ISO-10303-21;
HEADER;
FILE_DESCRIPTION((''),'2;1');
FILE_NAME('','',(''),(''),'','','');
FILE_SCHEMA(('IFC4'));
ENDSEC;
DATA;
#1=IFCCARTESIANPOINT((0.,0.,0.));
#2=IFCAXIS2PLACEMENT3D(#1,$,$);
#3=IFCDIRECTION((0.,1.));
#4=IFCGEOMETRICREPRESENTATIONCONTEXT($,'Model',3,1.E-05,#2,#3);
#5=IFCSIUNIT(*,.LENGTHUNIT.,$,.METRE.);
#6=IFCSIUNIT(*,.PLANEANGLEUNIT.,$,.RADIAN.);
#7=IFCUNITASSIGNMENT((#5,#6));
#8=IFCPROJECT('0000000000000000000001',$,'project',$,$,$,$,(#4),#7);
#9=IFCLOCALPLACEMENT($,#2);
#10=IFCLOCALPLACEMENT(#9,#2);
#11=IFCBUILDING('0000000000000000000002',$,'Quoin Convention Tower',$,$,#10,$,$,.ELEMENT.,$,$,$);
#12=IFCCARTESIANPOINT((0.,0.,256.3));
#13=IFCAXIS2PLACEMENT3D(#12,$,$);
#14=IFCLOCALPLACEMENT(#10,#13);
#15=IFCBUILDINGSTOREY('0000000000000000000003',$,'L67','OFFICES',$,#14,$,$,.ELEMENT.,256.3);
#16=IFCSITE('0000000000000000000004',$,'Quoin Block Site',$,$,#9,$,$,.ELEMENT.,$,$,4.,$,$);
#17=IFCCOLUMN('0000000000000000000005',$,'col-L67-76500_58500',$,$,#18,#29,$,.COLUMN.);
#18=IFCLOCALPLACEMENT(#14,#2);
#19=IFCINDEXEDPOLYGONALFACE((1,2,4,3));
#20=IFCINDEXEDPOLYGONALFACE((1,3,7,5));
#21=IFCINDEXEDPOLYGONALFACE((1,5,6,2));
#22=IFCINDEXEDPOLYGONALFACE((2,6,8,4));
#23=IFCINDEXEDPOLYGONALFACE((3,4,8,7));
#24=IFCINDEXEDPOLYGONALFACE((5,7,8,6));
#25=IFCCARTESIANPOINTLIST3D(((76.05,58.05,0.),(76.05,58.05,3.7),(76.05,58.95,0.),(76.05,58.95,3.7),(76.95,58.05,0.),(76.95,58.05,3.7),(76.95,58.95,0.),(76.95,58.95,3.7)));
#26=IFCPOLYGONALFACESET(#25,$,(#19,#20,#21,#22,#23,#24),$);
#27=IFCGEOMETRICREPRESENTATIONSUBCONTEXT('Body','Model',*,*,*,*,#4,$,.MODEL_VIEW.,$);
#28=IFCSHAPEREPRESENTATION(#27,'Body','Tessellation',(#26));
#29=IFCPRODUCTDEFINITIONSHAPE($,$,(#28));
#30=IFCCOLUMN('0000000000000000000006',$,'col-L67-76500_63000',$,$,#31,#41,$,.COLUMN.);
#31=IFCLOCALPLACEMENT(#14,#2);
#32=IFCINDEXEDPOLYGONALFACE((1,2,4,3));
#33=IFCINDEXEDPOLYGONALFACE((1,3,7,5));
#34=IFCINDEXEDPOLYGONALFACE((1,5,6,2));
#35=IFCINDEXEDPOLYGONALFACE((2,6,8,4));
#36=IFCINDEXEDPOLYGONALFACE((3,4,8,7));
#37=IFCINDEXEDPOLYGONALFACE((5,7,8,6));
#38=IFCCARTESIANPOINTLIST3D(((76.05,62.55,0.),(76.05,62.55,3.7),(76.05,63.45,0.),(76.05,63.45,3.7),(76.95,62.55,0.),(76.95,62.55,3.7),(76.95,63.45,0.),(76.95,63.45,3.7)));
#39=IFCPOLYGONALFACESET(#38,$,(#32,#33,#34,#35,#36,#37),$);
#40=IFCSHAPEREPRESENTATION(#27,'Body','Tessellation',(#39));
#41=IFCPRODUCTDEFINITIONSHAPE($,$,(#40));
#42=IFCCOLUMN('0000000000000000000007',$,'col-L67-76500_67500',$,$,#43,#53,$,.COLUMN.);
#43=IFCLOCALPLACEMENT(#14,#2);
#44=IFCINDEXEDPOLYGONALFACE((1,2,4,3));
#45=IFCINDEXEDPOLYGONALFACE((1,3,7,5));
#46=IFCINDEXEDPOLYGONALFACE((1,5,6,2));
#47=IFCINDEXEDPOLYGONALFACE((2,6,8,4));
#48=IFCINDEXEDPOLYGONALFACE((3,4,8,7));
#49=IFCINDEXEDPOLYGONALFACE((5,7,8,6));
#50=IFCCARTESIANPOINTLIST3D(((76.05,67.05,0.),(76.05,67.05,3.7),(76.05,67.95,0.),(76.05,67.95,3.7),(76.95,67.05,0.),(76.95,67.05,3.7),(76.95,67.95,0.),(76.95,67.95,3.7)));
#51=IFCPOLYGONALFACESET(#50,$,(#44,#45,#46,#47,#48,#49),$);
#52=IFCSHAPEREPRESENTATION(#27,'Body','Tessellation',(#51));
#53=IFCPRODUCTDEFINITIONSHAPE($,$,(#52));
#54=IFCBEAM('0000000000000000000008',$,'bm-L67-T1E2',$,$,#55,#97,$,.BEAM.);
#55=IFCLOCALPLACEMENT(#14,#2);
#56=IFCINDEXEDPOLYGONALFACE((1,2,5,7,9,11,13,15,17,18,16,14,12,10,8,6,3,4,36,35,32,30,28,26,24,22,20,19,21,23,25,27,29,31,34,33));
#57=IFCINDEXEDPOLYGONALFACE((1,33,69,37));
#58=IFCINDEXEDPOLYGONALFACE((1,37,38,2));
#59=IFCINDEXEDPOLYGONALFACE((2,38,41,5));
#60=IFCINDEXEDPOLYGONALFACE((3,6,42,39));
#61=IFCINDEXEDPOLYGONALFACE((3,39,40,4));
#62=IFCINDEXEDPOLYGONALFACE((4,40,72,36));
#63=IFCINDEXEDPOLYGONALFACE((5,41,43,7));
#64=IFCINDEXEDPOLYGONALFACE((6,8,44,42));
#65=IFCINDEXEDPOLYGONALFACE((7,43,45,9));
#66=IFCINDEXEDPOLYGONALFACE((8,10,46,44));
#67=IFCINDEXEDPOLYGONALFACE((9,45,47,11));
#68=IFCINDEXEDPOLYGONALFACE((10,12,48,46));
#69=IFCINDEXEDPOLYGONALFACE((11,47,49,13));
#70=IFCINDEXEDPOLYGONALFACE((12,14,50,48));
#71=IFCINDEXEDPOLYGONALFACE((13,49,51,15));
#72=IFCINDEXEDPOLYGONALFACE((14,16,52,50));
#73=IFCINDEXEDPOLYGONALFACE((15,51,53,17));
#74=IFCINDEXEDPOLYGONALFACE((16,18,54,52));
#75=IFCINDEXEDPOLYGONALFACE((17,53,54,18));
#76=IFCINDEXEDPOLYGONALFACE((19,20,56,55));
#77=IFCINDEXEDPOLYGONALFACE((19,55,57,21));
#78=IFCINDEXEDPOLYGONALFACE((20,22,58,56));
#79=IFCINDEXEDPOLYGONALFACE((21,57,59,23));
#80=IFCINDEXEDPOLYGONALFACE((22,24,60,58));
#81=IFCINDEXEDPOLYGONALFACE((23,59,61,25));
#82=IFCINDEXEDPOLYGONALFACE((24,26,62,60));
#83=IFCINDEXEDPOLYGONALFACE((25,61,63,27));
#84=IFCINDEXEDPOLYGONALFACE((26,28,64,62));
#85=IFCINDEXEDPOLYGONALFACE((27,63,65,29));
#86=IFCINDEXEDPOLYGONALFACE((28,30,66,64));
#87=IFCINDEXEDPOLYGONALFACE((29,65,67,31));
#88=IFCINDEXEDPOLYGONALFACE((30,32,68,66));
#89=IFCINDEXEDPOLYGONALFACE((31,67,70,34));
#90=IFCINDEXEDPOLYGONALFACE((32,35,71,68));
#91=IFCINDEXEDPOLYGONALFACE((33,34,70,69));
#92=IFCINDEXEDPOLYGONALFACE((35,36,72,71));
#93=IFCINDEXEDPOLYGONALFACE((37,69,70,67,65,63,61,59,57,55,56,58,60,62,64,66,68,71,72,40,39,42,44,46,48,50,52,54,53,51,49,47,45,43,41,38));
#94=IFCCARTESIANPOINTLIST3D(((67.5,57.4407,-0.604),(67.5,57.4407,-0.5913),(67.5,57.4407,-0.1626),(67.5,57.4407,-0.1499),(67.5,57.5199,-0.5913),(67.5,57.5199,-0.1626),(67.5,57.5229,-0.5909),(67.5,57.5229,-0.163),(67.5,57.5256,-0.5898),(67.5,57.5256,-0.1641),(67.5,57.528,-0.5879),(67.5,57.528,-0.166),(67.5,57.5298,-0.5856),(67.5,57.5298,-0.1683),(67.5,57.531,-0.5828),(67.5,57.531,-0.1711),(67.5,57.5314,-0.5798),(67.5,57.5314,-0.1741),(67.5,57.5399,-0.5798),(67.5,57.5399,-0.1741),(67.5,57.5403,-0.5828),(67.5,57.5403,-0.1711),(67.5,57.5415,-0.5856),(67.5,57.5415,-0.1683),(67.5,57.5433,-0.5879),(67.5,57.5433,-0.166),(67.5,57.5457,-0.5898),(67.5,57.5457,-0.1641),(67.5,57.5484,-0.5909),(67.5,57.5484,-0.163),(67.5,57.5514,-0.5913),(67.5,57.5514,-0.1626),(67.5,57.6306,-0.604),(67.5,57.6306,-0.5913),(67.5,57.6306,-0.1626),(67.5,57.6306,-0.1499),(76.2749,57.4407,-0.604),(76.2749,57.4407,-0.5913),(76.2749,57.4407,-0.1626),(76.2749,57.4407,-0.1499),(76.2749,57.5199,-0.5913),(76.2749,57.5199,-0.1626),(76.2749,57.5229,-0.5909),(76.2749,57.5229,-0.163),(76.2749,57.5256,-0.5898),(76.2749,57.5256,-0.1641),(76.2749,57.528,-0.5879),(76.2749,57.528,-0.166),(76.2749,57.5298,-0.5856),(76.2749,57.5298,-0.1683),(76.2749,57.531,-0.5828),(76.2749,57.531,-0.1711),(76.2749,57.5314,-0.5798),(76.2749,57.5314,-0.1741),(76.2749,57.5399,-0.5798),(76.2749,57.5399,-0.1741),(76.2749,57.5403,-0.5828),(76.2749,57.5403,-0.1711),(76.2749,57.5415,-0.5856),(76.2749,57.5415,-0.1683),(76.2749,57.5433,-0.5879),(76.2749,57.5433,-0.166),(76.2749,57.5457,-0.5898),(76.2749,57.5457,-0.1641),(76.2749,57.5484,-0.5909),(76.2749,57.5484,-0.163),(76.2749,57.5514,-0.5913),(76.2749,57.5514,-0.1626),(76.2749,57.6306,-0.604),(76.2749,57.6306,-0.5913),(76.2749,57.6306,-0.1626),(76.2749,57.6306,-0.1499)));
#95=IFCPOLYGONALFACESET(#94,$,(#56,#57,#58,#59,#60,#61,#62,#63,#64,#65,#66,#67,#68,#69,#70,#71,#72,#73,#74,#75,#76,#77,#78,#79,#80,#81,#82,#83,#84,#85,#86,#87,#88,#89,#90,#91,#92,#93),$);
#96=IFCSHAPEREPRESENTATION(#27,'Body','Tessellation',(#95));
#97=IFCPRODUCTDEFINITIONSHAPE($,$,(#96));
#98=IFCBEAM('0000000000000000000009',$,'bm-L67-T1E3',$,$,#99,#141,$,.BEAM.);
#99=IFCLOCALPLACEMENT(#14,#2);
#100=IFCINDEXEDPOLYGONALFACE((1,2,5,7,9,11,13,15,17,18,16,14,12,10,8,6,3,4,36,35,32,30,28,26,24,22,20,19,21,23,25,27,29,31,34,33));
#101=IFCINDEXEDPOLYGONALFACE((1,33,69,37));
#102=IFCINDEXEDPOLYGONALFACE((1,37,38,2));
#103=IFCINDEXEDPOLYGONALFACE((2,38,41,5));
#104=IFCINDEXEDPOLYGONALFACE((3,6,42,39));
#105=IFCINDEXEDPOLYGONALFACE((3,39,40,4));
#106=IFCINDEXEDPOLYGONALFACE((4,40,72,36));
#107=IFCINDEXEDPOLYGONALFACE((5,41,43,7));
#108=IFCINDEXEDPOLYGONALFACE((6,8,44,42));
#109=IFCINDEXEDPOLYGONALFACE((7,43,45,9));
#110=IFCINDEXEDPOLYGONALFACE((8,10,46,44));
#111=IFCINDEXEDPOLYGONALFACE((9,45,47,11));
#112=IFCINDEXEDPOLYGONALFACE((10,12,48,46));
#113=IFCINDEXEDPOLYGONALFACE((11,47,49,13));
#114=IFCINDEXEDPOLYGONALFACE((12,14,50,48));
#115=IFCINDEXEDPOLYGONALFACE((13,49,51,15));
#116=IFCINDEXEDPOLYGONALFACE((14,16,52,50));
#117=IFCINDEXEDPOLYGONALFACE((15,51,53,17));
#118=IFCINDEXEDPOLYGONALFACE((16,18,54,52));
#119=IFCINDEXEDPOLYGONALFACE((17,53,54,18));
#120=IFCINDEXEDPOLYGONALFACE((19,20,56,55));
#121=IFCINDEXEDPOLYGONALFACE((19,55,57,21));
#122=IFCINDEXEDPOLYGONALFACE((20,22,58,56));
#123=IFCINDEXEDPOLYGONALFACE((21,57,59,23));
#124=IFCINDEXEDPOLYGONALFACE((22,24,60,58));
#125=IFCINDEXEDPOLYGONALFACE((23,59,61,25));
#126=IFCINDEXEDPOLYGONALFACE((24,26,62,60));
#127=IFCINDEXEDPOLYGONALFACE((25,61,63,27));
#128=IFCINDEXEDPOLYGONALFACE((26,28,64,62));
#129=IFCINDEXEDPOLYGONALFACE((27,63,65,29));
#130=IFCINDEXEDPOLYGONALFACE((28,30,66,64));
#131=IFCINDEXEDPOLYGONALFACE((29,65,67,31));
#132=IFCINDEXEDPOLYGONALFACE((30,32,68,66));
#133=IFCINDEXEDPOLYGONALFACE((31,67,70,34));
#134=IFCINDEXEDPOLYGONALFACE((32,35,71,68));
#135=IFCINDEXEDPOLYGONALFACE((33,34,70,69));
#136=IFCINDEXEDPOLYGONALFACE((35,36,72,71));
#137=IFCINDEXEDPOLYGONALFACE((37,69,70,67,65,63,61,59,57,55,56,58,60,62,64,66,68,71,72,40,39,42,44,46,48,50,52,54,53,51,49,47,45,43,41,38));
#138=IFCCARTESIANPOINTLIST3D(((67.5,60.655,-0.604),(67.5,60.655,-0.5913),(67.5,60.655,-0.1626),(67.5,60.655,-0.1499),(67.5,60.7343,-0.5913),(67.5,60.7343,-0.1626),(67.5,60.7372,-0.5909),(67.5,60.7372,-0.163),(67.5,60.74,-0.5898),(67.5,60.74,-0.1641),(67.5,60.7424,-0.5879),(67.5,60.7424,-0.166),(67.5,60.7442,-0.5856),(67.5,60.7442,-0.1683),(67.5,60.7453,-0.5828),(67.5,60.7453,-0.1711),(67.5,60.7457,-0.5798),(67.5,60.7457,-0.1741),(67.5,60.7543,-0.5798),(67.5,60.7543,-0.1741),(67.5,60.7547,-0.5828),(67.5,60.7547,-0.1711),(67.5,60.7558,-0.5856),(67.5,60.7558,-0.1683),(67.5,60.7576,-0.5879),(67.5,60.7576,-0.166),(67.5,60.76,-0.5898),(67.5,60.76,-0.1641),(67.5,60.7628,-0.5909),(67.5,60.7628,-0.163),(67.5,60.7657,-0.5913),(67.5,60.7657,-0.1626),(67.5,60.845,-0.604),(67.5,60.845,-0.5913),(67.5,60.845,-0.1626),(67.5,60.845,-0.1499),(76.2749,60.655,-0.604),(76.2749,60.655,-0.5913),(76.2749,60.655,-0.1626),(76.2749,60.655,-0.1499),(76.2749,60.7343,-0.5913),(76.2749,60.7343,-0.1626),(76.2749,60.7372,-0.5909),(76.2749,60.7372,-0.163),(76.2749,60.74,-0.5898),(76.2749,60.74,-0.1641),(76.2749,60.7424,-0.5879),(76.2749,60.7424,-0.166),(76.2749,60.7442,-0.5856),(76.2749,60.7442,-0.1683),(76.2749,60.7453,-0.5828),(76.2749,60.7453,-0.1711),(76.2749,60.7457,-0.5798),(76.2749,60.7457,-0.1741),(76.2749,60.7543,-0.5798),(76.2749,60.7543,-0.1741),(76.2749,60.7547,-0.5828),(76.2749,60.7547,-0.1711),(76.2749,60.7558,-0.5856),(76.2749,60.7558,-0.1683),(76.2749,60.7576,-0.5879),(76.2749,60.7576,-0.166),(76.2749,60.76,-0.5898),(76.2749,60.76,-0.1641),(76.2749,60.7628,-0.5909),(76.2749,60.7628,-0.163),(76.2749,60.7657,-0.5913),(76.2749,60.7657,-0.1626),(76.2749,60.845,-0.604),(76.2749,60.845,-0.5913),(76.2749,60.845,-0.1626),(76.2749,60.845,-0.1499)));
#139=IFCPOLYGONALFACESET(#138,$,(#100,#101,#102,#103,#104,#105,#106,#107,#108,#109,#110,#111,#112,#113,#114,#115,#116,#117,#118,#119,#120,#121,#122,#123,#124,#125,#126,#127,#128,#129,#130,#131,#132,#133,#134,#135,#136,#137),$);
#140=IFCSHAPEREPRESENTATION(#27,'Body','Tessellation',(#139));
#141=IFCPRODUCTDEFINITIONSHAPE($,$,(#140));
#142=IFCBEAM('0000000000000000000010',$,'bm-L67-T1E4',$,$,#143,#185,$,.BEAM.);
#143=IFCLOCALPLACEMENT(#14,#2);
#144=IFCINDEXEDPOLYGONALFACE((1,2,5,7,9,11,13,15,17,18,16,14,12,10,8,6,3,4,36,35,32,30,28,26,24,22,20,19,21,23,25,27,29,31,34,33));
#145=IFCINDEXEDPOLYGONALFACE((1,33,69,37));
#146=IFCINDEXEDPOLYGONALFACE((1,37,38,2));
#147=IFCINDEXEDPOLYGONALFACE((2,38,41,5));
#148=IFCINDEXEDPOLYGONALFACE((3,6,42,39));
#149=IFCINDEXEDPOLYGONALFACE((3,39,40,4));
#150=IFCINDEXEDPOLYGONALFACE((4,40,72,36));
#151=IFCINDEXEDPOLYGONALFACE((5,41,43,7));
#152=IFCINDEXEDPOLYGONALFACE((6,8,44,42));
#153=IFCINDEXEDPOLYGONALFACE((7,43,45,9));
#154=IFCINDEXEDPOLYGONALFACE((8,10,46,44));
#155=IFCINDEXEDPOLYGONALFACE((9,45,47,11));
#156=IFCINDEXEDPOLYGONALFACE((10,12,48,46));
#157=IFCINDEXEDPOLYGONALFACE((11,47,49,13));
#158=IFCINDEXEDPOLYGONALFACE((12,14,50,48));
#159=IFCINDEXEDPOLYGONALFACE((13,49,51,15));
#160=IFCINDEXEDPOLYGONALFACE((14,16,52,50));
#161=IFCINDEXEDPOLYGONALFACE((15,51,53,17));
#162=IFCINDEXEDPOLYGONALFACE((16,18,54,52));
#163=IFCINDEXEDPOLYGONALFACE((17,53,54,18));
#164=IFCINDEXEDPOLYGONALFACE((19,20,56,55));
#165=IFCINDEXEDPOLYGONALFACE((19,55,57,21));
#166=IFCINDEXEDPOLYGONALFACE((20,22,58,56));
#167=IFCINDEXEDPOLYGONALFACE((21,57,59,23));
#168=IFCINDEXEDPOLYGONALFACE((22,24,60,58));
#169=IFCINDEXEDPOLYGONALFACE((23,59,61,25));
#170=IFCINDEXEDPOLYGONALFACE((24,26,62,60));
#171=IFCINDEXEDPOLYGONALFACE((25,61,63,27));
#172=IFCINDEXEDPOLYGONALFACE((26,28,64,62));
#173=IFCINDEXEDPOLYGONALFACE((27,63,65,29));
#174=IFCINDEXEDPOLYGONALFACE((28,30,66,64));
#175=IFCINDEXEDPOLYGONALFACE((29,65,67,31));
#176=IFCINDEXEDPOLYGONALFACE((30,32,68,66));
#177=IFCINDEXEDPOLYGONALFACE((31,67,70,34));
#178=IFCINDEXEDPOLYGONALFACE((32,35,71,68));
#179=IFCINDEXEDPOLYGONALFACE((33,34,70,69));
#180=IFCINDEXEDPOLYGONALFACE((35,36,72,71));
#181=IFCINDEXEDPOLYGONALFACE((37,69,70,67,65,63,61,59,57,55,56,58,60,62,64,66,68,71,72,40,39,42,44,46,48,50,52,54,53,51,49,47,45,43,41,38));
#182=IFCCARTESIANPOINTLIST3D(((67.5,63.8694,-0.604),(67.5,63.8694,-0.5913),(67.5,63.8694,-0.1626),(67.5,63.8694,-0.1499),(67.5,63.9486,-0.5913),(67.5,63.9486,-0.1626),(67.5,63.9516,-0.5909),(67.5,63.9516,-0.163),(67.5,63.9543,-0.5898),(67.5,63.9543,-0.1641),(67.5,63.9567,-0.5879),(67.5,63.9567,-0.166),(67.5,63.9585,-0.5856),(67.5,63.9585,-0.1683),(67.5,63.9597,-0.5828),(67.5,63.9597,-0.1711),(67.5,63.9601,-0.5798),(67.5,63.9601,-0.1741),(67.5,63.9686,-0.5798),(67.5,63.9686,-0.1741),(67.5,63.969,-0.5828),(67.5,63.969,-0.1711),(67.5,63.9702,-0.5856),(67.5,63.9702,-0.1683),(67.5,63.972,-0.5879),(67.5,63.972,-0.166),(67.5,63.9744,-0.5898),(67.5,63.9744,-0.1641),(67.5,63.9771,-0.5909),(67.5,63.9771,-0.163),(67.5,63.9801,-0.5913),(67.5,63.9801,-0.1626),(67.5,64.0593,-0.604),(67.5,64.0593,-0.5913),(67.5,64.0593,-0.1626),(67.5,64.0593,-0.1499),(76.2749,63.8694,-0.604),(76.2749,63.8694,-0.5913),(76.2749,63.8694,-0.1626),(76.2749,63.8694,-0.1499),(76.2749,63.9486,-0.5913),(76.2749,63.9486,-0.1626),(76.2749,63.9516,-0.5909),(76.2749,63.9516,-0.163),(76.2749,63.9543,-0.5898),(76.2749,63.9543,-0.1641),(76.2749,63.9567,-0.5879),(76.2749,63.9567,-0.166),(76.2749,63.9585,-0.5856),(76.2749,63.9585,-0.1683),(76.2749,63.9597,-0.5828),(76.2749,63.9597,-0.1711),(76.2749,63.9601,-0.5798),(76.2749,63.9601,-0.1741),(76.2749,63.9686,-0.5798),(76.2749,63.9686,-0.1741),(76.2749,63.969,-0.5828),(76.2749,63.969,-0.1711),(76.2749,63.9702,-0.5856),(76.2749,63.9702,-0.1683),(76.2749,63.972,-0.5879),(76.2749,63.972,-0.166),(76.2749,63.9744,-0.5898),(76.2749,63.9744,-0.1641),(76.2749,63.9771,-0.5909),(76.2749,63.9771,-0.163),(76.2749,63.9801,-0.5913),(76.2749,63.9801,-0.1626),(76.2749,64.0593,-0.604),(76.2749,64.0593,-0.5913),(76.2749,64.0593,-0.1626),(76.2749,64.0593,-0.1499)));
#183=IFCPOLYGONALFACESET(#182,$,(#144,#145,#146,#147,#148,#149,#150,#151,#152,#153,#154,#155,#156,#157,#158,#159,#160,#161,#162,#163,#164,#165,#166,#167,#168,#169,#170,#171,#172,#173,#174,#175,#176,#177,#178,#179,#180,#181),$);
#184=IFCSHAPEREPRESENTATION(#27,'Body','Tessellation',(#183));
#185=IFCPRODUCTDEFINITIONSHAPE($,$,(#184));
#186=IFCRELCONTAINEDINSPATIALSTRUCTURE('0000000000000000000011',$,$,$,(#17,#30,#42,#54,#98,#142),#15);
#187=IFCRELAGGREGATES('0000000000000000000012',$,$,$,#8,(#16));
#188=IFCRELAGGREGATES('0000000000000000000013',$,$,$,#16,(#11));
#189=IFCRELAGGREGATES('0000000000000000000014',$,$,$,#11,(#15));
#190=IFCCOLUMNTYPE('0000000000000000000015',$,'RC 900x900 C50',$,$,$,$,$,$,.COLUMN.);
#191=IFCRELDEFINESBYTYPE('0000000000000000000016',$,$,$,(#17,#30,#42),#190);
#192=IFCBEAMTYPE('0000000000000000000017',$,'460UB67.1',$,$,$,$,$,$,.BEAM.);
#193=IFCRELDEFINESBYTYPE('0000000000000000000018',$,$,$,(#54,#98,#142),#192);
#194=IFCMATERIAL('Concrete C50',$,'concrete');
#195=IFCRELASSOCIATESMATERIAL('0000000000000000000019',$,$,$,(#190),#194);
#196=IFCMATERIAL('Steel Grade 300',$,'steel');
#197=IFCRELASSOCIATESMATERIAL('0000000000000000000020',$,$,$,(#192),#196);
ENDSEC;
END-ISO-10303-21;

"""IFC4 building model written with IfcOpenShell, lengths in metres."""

from ifc_helpers import new_model, si_unit, direction, frame, origin, origin_2d, place, context, subcontext, project, spatial, rectangle, i_section, extrude, material, material_profile, profile_set, type_object, element, save


model = new_model("IFC4")

# Units and contexts
model_context = context("Model", 3, precision=1e-05, world=origin(), true_north=direction((0.0, 1.0)))
body_context = subcontext(model_context, "Body", "Model", "MODEL_VIEW")
ifc_project = project(units=[si_unit("LENGTHUNIT", "METRE"), si_unit("PLANEANGLEUNIT", "RADIAN")], contexts=[model_context])

# Site, building, storey
site_placement = place(None, origin())
site = spatial("IfcSite", under=ifc_project, at=site_placement, Name="Quoin Block Site", CompositionType="ELEMENT", RefElevation=4.0)
building_placement = place(site_placement, origin())
building = spatial("IfcBuilding", under=site, at=building_placement, Name="Quoin Convention Tower", CompositionType="ELEMENT")
storey_placement = place(building_placement, frame((0.0, 0.0, 256.3)))
storey = spatial("IfcBuildingStorey", under=building, at=storey_placement, Name="L67", Description="OFFICES", CompositionType="ELEMENT", Elevation=256.3)

# Columns
ifc_material_1 = material(Name="Concrete C50", Category="concrete")
ifc_material_profile_1 = material_profile(ifc_material_1, rectangle(XDim=0.8999, YDim=0.8999, at=origin_2d()), Name="RC 900x900")
ifc_profile_set_1 = profile_set([ifc_material_profile_1], Name="Concrete C50")
column_type = type_object("IfcColumnType", Name="RC 900x900 C50", PredefinedType="COLUMN", material=ifc_profile_set_1)
for number, where, z_axis, x_axis, name in (
    (1, (76.5, 58.5, 0.0), (0.0, 0.0, 1.0), (1.0, 0.0, 0.0), "col-L67-76500_58500"),
    (2, (76.5, 63.0, 0.0), (0.0, 0.0, 1.0), (1.0, 0.0, 0.0), "col-L67-76500_63000"),
    (3, (76.5, 67.5, 0.0), (0.0, 0.0, 1.0), (1.0, 0.0, 0.0), "col-L67-76500_67500"),
):
    element("IfcColumn", number, at=place(storey_placement, frame(where, z_axis=z_axis, x_axis=x_axis)), inside=storey, type_object=column_type, Name=name, PredefinedType="COLUMN", context=body_context, shape_type="SweptSolid", body=[
        extrude(rectangle(XDim=0.8999, YDim=0.8999, at=origin_2d()), origin(), (0.0, 0.0, 1.0), 3.7),
    ])

# Beams
ifc_material_2 = material(Name="Steel Grade 300", Category="steel")
ifc_material_profile_2 = material_profile(ifc_material_2, i_section(OverallWidth=0.1899, OverallDepth=0.4541, WebThickness=0.0085, FlangeThickness=0.0127, FilletRadius=0.0115, at=origin_2d()), Name="460UB67.1")
ifc_profile_set_2 = profile_set([ifc_material_profile_2], Name="Steel Grade 300")
beam_type_1 = type_object("IfcBeamType", Name="460UB67.1", PredefinedType="BEAM", material=ifc_profile_set_2)
for number, where, z_axis, x_axis, name in (
    (4, (67.5, 57.5356, -0.377), (1.0, 0.0, 0.0), (0.0, 1.0, 0.0), "bm-L67-T1E2"),
    (5, (67.5, 60.75, -0.377), (1.0, 0.0, 0.0), (0.0, 1.0, 0.0), "bm-L67-T1E3"),
    (6, (67.5, 63.9644, -0.377), (1.0, 0.0, 0.0), (0.0, 1.0, 0.0), "bm-L67-T1E4"),
):
    element("IfcBeam", number, at=place(storey_placement, frame(where, z_axis=z_axis, x_axis=x_axis)), inside=storey, type_object=beam_type_1, Name=name, PredefinedType="BEAM", context=body_context, shape_type="SweptSolid", body=[
        extrude(i_section(OverallWidth=0.1899, OverallDepth=0.4541, WebThickness=0.0085, FlangeThickness=0.0127, FilletRadius=0.0115, at=origin_2d()), origin(), (0.0, 0.0, 1.0), 8.7749),
    ])

save(model, "model.ifc")
